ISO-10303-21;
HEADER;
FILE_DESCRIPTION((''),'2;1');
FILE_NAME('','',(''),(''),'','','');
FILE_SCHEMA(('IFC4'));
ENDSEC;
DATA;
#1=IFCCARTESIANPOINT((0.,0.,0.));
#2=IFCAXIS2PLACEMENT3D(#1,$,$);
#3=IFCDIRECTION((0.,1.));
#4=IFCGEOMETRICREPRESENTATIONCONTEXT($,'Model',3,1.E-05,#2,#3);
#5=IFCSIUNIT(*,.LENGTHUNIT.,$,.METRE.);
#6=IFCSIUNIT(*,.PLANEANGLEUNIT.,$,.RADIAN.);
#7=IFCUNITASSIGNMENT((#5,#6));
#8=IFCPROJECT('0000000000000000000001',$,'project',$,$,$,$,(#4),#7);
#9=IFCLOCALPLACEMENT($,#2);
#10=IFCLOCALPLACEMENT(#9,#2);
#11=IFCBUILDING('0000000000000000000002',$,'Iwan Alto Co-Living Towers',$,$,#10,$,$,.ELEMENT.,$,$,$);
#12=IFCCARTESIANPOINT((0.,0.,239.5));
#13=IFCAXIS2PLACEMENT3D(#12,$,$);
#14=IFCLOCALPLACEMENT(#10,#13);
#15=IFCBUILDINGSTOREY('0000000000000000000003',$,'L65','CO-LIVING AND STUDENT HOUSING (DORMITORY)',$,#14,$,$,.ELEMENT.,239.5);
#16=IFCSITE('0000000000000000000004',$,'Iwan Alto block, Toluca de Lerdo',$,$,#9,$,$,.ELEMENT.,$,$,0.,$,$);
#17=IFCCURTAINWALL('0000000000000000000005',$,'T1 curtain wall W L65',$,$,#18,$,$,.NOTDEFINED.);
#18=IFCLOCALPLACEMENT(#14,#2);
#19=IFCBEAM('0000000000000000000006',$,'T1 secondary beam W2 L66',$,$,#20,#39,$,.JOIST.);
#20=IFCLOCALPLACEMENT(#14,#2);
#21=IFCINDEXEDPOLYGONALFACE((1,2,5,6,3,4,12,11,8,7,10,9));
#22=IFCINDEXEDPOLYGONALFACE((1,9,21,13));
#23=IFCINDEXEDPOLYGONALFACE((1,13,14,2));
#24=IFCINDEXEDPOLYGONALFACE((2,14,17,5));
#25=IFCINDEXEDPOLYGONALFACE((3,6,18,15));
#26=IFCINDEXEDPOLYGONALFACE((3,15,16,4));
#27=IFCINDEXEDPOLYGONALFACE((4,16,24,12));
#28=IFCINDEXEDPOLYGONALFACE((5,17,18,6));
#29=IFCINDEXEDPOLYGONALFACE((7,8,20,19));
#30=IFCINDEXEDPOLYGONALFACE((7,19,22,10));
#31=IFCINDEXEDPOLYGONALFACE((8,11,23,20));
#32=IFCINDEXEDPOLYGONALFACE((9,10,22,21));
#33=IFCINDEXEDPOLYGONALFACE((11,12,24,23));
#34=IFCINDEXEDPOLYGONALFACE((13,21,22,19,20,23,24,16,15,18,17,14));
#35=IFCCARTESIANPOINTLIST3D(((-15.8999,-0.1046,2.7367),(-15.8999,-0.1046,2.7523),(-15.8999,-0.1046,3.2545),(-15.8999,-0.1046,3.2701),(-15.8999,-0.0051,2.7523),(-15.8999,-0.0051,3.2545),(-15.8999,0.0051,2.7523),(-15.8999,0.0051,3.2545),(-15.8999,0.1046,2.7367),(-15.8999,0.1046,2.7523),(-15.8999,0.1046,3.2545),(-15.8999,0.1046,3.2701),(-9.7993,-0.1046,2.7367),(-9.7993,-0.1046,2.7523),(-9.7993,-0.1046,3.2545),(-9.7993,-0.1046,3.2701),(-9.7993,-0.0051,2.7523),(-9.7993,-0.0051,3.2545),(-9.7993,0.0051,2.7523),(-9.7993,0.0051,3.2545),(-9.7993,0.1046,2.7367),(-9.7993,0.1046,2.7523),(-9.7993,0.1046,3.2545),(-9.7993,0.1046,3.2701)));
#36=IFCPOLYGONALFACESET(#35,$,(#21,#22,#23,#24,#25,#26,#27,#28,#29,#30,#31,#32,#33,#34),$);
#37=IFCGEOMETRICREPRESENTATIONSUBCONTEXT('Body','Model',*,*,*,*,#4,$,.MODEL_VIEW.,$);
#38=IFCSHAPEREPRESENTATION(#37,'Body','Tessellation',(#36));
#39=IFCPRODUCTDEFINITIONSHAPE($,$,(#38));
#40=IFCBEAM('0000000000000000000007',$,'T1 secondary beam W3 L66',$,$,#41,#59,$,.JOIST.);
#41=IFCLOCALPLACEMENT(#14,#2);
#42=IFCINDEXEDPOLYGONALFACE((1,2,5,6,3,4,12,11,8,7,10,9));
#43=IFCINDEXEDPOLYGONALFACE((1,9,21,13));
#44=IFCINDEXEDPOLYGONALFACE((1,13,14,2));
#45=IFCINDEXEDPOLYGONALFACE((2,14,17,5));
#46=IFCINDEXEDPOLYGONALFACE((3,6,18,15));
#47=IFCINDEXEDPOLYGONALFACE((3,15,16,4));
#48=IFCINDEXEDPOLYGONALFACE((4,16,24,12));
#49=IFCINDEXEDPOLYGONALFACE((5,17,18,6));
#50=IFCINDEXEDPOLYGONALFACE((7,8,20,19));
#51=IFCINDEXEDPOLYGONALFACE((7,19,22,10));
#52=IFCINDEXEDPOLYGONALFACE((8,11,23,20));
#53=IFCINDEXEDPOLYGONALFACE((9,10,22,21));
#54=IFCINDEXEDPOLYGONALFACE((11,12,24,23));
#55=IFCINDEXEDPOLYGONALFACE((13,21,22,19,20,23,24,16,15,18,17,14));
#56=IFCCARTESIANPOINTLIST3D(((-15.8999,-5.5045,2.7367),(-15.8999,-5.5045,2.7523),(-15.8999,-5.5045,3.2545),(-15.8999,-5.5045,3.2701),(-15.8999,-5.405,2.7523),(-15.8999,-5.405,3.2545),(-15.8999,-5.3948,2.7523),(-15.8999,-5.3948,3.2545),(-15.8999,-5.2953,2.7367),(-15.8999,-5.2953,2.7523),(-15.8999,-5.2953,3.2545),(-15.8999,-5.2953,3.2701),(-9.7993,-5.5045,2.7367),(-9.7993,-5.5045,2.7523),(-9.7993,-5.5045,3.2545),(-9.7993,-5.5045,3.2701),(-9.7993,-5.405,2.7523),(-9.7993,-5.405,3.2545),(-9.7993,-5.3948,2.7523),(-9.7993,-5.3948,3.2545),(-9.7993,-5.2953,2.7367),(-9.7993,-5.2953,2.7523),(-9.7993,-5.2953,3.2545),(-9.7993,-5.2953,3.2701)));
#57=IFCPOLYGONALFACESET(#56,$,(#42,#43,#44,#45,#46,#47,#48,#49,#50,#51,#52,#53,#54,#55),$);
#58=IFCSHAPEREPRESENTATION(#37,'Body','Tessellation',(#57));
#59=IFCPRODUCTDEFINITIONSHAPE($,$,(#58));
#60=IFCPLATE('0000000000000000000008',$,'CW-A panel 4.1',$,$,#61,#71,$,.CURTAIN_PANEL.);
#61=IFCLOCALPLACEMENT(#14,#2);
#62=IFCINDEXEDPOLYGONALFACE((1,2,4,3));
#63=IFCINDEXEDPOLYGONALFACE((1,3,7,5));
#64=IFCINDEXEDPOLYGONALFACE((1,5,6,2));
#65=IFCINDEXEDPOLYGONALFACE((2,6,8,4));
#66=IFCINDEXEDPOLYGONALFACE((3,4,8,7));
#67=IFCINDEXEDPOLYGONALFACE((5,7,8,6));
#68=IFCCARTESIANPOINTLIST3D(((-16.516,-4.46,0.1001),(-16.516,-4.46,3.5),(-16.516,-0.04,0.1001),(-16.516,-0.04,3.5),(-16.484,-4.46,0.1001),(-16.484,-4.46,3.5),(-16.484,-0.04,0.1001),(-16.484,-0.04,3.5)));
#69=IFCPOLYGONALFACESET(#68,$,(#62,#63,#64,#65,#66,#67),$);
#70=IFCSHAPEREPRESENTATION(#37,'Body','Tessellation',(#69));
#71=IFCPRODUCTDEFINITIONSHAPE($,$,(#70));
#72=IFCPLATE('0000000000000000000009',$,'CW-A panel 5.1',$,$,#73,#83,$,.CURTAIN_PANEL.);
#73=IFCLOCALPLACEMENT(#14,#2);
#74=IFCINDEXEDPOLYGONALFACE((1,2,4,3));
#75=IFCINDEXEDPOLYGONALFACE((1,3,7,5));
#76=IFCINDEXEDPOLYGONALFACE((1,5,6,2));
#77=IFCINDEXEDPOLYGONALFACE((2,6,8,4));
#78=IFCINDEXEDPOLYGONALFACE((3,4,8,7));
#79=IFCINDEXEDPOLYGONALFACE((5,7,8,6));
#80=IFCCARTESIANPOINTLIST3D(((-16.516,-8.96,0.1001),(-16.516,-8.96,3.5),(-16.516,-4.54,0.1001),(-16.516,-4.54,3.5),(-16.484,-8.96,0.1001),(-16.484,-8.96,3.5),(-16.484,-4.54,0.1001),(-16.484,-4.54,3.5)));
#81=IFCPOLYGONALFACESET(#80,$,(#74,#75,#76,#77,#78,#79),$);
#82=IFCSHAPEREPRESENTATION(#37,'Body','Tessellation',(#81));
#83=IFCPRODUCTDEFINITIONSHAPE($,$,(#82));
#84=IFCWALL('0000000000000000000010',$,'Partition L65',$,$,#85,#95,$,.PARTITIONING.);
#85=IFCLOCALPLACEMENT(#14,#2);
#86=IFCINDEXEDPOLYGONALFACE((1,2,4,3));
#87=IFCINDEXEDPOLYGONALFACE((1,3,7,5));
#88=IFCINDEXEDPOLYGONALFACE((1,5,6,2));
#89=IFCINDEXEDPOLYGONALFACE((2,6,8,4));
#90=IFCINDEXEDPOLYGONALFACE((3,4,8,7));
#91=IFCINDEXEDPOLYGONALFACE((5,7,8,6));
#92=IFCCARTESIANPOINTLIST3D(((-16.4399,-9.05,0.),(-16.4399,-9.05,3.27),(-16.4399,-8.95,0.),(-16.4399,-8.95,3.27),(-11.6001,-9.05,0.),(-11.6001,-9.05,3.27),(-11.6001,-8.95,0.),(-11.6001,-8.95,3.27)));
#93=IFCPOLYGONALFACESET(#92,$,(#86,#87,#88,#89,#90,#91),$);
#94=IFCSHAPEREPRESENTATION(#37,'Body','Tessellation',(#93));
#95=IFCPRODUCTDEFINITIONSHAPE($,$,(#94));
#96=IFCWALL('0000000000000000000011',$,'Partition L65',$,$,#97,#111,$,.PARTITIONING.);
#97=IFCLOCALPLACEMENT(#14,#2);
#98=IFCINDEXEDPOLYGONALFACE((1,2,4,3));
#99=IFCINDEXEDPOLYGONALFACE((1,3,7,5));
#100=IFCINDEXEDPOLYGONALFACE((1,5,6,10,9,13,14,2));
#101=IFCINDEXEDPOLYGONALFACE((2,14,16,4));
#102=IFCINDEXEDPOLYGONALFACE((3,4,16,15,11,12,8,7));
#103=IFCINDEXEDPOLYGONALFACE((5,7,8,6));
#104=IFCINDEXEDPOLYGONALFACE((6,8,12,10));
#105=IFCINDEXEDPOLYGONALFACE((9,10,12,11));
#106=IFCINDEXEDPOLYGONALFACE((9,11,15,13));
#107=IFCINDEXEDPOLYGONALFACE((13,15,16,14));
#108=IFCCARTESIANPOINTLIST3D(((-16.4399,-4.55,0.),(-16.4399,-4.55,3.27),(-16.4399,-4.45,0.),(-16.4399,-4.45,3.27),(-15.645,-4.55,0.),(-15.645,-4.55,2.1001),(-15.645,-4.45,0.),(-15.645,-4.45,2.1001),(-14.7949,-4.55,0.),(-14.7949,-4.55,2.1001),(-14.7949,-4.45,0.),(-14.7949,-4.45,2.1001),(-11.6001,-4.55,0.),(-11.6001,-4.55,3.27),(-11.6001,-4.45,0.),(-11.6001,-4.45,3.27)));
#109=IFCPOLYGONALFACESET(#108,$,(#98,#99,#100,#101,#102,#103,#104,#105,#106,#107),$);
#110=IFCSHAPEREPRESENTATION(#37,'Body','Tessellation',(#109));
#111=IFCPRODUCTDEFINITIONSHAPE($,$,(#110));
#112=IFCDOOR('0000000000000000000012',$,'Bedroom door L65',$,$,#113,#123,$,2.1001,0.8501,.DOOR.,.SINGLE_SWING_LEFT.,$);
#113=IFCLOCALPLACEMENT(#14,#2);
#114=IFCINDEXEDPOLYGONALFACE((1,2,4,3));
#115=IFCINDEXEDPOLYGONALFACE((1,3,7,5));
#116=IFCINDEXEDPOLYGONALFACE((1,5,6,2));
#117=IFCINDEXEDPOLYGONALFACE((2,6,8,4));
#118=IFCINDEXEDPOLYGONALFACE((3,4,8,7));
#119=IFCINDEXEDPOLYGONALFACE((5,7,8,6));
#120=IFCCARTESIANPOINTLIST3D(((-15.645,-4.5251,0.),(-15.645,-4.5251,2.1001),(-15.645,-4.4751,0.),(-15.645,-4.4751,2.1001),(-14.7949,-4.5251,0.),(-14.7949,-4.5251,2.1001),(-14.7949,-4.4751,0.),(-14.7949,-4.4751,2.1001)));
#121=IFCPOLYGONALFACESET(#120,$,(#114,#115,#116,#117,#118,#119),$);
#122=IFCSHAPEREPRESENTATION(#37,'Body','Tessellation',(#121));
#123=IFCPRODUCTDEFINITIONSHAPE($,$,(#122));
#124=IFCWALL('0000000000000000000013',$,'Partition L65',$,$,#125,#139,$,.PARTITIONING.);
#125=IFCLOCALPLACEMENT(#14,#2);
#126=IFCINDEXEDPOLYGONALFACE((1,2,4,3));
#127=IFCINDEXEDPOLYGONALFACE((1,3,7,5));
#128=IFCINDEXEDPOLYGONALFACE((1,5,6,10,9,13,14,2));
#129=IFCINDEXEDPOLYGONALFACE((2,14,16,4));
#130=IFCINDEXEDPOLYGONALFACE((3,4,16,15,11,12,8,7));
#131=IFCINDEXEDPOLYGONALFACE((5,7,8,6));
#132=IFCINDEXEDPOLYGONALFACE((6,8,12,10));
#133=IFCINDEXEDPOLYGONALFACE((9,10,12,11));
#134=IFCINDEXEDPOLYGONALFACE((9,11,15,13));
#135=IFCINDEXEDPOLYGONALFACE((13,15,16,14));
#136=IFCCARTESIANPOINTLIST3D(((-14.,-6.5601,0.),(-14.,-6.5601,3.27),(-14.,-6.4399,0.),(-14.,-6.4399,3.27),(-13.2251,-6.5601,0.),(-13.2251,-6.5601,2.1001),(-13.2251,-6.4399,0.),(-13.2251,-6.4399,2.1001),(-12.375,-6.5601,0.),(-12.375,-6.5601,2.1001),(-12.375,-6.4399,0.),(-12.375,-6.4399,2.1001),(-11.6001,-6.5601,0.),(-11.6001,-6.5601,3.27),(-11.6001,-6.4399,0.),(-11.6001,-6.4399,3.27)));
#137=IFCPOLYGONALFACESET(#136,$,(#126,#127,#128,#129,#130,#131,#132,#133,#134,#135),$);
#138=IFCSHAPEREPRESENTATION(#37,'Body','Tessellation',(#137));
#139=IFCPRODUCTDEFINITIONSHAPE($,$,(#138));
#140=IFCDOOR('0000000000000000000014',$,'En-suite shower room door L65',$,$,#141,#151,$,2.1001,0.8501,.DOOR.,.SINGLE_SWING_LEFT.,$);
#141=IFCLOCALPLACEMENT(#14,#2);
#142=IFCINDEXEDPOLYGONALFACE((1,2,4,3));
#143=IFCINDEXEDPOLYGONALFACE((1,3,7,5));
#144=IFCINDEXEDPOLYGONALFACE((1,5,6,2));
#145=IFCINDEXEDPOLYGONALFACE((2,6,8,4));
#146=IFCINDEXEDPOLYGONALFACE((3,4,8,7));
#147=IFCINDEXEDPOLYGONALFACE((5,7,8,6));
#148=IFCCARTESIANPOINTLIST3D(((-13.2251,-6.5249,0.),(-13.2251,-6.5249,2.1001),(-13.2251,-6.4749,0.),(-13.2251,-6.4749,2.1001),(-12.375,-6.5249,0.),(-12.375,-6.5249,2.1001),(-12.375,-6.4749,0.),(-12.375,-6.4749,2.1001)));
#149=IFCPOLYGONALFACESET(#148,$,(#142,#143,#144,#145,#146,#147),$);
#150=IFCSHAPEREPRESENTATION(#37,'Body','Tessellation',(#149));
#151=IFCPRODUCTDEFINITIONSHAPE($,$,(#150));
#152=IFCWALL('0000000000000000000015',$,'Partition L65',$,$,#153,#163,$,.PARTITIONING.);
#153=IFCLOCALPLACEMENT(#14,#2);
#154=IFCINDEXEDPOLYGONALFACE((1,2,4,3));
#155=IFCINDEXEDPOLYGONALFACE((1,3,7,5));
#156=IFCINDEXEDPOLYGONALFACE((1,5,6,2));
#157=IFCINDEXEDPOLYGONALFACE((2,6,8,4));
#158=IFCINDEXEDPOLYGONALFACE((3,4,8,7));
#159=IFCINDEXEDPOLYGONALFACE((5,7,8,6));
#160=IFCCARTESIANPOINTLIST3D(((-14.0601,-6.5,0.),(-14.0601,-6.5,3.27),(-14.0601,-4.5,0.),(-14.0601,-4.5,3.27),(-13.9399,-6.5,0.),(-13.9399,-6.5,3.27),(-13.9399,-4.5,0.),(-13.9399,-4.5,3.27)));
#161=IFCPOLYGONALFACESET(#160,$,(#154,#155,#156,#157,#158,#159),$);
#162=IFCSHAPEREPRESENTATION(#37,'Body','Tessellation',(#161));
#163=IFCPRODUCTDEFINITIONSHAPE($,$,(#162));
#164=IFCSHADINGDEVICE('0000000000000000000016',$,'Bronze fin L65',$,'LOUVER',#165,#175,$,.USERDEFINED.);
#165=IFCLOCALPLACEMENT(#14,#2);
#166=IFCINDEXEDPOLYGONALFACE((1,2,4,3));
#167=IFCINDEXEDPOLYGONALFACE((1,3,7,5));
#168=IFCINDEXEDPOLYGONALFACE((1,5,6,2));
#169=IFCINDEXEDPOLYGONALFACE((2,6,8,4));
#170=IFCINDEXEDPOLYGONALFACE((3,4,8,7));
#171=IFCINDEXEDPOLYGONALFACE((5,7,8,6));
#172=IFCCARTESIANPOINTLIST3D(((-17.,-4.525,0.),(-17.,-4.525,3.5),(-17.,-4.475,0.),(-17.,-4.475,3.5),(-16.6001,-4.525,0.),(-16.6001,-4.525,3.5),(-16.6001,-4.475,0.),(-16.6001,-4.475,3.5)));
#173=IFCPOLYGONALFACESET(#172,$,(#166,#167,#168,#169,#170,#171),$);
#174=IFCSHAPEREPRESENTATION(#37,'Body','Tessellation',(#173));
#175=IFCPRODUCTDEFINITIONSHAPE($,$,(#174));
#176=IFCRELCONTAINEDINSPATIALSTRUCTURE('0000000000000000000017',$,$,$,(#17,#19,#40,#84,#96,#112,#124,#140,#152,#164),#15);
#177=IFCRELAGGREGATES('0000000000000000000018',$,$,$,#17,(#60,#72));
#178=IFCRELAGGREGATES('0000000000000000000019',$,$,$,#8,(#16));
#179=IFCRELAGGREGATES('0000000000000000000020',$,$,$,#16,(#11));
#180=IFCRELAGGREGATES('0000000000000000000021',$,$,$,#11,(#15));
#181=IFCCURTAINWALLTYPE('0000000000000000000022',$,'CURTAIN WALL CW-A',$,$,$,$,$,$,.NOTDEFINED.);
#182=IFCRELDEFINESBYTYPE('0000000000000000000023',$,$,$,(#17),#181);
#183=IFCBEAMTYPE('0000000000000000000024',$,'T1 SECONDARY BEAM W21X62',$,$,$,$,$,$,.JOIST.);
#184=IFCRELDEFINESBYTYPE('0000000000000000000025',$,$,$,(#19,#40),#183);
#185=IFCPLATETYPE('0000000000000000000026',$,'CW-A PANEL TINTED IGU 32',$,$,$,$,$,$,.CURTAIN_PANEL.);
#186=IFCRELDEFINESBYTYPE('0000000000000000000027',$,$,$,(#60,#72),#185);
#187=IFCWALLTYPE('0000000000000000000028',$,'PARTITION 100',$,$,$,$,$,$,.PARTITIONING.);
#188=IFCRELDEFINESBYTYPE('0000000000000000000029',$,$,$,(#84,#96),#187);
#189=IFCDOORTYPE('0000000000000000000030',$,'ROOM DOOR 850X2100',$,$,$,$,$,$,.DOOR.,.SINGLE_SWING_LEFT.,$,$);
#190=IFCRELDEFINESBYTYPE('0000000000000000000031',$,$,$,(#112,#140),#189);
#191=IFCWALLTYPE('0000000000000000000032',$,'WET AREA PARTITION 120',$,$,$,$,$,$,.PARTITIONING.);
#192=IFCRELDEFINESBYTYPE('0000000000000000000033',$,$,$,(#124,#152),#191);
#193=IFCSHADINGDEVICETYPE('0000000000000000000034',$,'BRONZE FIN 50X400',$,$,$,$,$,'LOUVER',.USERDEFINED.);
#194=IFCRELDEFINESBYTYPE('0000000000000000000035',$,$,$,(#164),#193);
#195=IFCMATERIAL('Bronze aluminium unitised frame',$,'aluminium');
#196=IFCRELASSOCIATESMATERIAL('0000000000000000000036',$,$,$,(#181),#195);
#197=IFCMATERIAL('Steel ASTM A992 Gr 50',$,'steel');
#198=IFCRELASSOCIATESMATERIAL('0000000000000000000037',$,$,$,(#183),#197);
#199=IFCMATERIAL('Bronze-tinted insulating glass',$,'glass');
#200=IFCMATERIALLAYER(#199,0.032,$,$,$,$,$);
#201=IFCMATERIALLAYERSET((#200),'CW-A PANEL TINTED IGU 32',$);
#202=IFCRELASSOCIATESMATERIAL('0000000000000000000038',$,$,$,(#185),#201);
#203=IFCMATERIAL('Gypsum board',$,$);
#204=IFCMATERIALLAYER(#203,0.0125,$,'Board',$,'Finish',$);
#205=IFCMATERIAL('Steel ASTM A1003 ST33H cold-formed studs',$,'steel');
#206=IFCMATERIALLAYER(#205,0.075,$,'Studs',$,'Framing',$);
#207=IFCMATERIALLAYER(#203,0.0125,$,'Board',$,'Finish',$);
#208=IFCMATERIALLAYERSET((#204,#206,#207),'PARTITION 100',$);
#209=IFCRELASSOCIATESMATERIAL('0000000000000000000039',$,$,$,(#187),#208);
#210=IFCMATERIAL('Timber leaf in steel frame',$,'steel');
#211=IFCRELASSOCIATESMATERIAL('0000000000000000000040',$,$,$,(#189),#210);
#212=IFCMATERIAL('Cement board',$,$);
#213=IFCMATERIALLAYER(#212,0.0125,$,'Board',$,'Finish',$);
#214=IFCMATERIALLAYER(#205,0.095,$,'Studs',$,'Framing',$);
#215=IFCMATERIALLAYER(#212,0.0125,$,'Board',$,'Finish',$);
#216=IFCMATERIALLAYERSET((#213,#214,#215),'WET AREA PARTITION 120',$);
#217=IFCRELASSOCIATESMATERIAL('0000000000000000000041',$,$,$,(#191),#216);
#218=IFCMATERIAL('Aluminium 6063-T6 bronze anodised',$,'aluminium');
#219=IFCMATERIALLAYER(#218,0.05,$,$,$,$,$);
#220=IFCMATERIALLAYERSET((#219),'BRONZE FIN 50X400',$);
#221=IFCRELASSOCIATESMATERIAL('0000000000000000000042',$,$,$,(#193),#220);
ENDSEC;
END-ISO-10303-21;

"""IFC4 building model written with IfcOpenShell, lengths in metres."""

from ifc_helpers import new_model, si_unit, direction, frame, frame_2d, origin, origin_2d, place, context, subcontext, project, spatial, rectangle, i_section, extrude, material, layer, layer_set, material_profile, profile_set, type_object, element, fill, aggregate, save


model = new_model("IFC4")

# Units and contexts
model_context = context("Model", 3, precision=1e-05, world=origin(), true_north=direction((0.0, 1.0)))
body_context = subcontext(model_context, "Body", "Model", "MODEL_VIEW")
ifc_project = project(units=[si_unit("LENGTHUNIT", "METRE"), si_unit("PLANEANGLEUNIT", "RADIAN")], contexts=[model_context])

# Site, building, storey
site_placement = place(None, origin())
site = spatial("IfcSite", under=ifc_project, at=site_placement, Name="Iwan Alto block, Toluca de Lerdo", CompositionType="ELEMENT", RefElevation=0.0)
building_placement = place(site_placement, origin())
building = spatial("IfcBuilding", under=site, at=building_placement, Name="Iwan Alto Co-Living Towers", CompositionType="ELEMENT")
storey_placement = place(building_placement, frame((0.0, 0.0, 239.5)))
storey = spatial("IfcBuildingStorey", under=building, at=storey_placement, Name="L65", Description="CO-LIVING AND STUDENT HOUSING (DORMITORY)", CompositionType="ELEMENT", Elevation=239.5)

# Curtain wall
ifc_material_1 = material(Name="Bronze aluminium unitised frame", Category="aluminium")
curtain_wall_type = type_object("IfcCurtainWallType", Name="CURTAIN WALL CW-A", PredefinedType="NOTDEFINED", material=ifc_material_1)
curtain_wall_placement = place(storey_placement, origin())
curtain_wall = element("IfcCurtainWall", 1, at=curtain_wall_placement, inside=storey, type_object=curtain_wall_type, Name="T1 curtain wall W L65", PredefinedType="NOTDEFINED")

# Beams
ifc_material_2 = material(Name="Steel ASTM A992 Gr 50", Category="steel")
ifc_material_profile_1 = material_profile(ifc_material_2, i_section(OverallWidth=0.2092, OverallDepth=0.5334, WebThickness=0.0103, FlangeThickness=0.0156, at=origin_2d()), Name="W21X62")
ifc_profile_set_1 = profile_set([ifc_material_profile_1], Name="Steel ASTM A992 Gr 50")
beam_type_1 = type_object("IfcBeamType", Name="T1 SECONDARY BEAM W21X62", PredefinedType="JOIST", material=ifc_profile_set_1)
for number, where, z_axis, x_axis, name in (
    (2, (-15.8999, 0.0, 3.0034), (1.0, 0.0, 0.0), (0.0, 1.0, 0.0), "T1 secondary beam W2 L66"),
    (3, (-15.8999, -5.3999, 3.0034), (1.0, 0.0, 0.0), (0.0, 1.0, 0.0), "T1 secondary beam W3 L66"),
):
    element("IfcBeam", number, at=place(storey_placement, frame(where, z_axis=z_axis, x_axis=x_axis)), inside=storey, type_object=beam_type_1, Name=name, PredefinedType="JOIST", context=body_context, shape_type="SweptSolid", body=[
        extrude(i_section(OverallWidth=0.2092, OverallDepth=0.5334, WebThickness=0.0103, FlangeThickness=0.0156, at=origin_2d()), origin(), (0.0, 0.0, 1.0), 6.1006),
    ])

# Plates
ifc_material_3 = material(Name="Bronze-tinted insulating glass", Category="glass")
ifc_layer_1 = layer(ifc_material_3, 0.032)
ifc_layer_set_1 = layer_set([ifc_layer_1], Name="CW-A PANEL TINTED IGU 32")
plate_type = type_object("IfcPlateType", Name="CW-A PANEL TINTED IGU 32", PredefinedType="CURTAIN_PANEL", material=ifc_layer_set_1)
plate_1_placement = place(storey_placement, frame((-16.5, -2.25, 0.1001), z_axis=(0.0, 0.0, 1.0), x_axis=(0.0, -1.0, 0.0)))
plate_1 = element("IfcPlate", 4, at=plate_1_placement, type_object=plate_type, Name="CW-A panel 4.1", PredefinedType="CURTAIN_PANEL", context=body_context, shape_type="SweptSolid", body=[
    extrude(rectangle(XDim=4.4199, YDim=0.032, at=origin_2d()), origin(), (0.0, 0.0, 1.0), 3.3999),
])
plate_2_placement = place(storey_placement, frame((-16.5, -6.75, 0.1001), z_axis=(0.0, 0.0, 1.0), x_axis=(0.0, -1.0, 0.0)))
plate_2 = element("IfcPlate", 5, at=plate_2_placement, type_object=plate_type, Name="CW-A panel 5.1", PredefinedType="CURTAIN_PANEL", context=body_context, shape_type="SweptSolid", body=[
    extrude(rectangle(XDim=4.4199, YDim=0.032, at=origin_2d()), origin(), (0.0, 0.0, 1.0), 3.3999),
])
aggregate(curtain_wall, [plate_1, plate_2])

# Wall
ifc_material_4 = material(Name="Gypsum board")
ifc_layer_2 = layer(ifc_material_4, 0.0125, Name="Board", Category="Finish")
ifc_material_5 = material(Name="Steel ASTM A1003 ST33H cold-formed studs", Category="steel")
ifc_layer_3 = layer(ifc_material_5, 0.075, Name="Studs", Category="Framing")
ifc_layer_4 = layer(ifc_material_4, 0.0125, Name="Board", Category="Finish")
ifc_layer_set_2 = layer_set([ifc_layer_2, ifc_layer_3, ifc_layer_4], Name="PARTITION 100")
wall_type_1 = type_object("IfcWallType", Name="PARTITION 100", PredefinedType="PARTITIONING", material=ifc_layer_set_2)
wall_1_placement = place(storey_placement, frame((-16.4399, -9.0, 0.0), z_axis=(0.0, 0.0, 1.0), x_axis=(1.0, 0.0, 0.0)))
element("IfcWall", 6, at=wall_1_placement, inside=storey, type_object=wall_type_1, Name="Partition L65", PredefinedType="PARTITIONING", context=body_context, shape_type="SweptSolid", body=[
    extrude(rectangle(XDim=4.8398, YDim=0.1001, at=frame_2d((2.4199, 0.0))), origin(), (0.0, 0.0, 1.0), 3.27),
])

# Walls, openings, doors
wall_2_placement = place(storey_placement, frame((-16.4399, -4.5, 0.0), z_axis=(0.0, 0.0, 1.0), x_axis=(1.0, 0.0, 0.0)))
wall_2 = element("IfcWall", 7, at=wall_2_placement, inside=storey, type_object=wall_type_1, Name="Partition L65", PredefinedType="PARTITIONING", context=body_context, shape_type="SweptSolid", body=[
    extrude(rectangle(XDim=4.8398, YDim=0.1001, at=frame_2d((2.4199, 0.0))), origin(), (0.0, 0.0, 1.0), 3.27),
])
opening_1_placement = place(wall_2_placement, frame((0.7949, 0.0, 0.0)))
opening_1 = element("IfcOpeningElement", 8, at=opening_1_placement, cuts=wall_2, PredefinedType="OPENING", context=body_context, shape_type="SweptSolid", body=[
    extrude(rectangle(XDim=0.8501, YDim=2.1001, at=frame_2d((0.425, 1.05))), frame((0.0, 0.0601, 0.0), z_axis=(0.0, -1.0, 0.0), x_axis=(1.0, 0.0, 0.0)), (0.0, 0.0, 1.0), 0.1201),
])
ifc_material_6 = material(Name="Timber leaf in steel frame", Category="steel")
door_type = type_object("IfcDoorType", Name="ROOM DOOR 850X2100", OperationType="SINGLE_SWING_LEFT", PredefinedType="DOOR", material=ifc_material_6)
door_1_placement = place(opening_1_placement, origin())
door_1 = element("IfcDoor", 9, at=door_1_placement, inside=storey, type_object=door_type, Name="Bedroom door L65", OperationType="SINGLE_SWING_LEFT", OverallHeight=2.1001, OverallWidth=0.8501, PredefinedType="DOOR", context=body_context, shape_type="SweptSolid", body=[
    extrude(rectangle(XDim=0.8501, YDim=2.1001, at=frame_2d((0.425, 1.05))), frame((0.0, 0.0249, 0.0), z_axis=(0.0, -1.0, 0.0), x_axis=(1.0, 0.0, 0.0)), (0.0, 0.0, 1.0), 0.05),
])
fill(opening_1, door_1)
ifc_material_7 = material(Name="Cement board")
ifc_layer_5 = layer(ifc_material_7, 0.0125, Name="Board", Category="Finish")
ifc_layer_6 = layer(ifc_material_5, 0.095, Name="Studs", Category="Framing")
ifc_layer_7 = layer(ifc_material_7, 0.0125, Name="Board", Category="Finish")
ifc_layer_set_3 = layer_set([ifc_layer_5, ifc_layer_6, ifc_layer_7], Name="WET AREA PARTITION 120")
wall_type_2 = type_object("IfcWallType", Name="WET AREA PARTITION 120", PredefinedType="PARTITIONING", material=ifc_layer_set_3)
wall_3_placement = place(storey_placement, frame((-14.0, -6.5, 0.0), z_axis=(0.0, 0.0, 1.0), x_axis=(1.0, 0.0, 0.0)))
wall_3 = element("IfcWall", 10, at=wall_3_placement, inside=storey, type_object=wall_type_2, Name="Partition L65", PredefinedType="PARTITIONING", context=body_context, shape_type="SweptSolid", body=[
    extrude(rectangle(XDim=2.3999, YDim=0.1201, at=frame_2d((1.2, 0.0))), origin(), (0.0, 0.0, 1.0), 3.27),
])
opening_2_placement = place(wall_3_placement, frame((0.7749, 0.0, 0.0)))
opening_2 = element("IfcOpeningElement", 11, at=opening_2_placement, cuts=wall_3, PredefinedType="OPENING", context=body_context, shape_type="SweptSolid", body=[
    extrude(rectangle(XDim=0.8501, YDim=2.1001, at=frame_2d((0.425, 1.05))), frame((0.0, 0.0701, 0.0), z_axis=(0.0, -1.0, 0.0), x_axis=(1.0, 0.0, 0.0)), (0.0, 0.0, 1.0), 0.1401),
])
door_2_placement = place(opening_2_placement, frame((0.8501, 0.0, 0.0), z_axis=(0.0, 0.0, 1.0), x_axis=(-1.0, 0.0, 0.0)))
door_2 = element("IfcDoor", 12, at=door_2_placement, inside=storey, type_object=door_type, Name="En-suite shower room door L65", OperationType="SINGLE_SWING_LEFT", OverallHeight=2.1001, OverallWidth=0.8501, PredefinedType="DOOR", context=body_context, shape_type="SweptSolid", body=[
    extrude(rectangle(XDim=0.8501, YDim=2.1001, at=frame_2d((0.425, 1.05))), frame((0.0, 0.0249, 0.0), z_axis=(0.0, -1.0, 0.0), x_axis=(1.0, 0.0, 0.0)), (0.0, 0.0, 1.0), 0.05),
])
fill(opening_2, door_2)

# Wall
wall_4_placement = place(storey_placement, frame((-14.0, -6.5, 0.0), z_axis=(0.0, 0.0, 1.0), x_axis=(0.0, 1.0, 0.0)))
element("IfcWall", 13, at=wall_4_placement, inside=storey, type_object=wall_type_2, Name="Partition L65", PredefinedType="PARTITIONING", context=body_context, shape_type="SweptSolid", body=[
    extrude(rectangle(XDim=2.0, YDim=0.1201, at=frame_2d((1.0, 0.0))), origin(), (0.0, 0.0, 1.0), 3.27),
])

# Shading device
ifc_material_8 = material(Name="Aluminium 6063-T6 bronze anodised", Category="aluminium")
ifc_layer_8 = layer(ifc_material_8, 0.05)
ifc_layer_set_4 = layer_set([ifc_layer_8], Name="BRONZE FIN 50X400")
shading_device_type = type_object("IfcShadingDeviceType", Name="BRONZE FIN 50X400", ElementType="LOUVER", PredefinedType="USERDEFINED", material=ifc_layer_set_4)
shading_device_placement = place(storey_placement, frame((-16.8, -4.5, 0.0), z_axis=(0.0, 0.0, 1.0), x_axis=(0.0, -1.0, 0.0)))
element("IfcShadingDevice", 14, at=shading_device_placement, inside=storey, type_object=shading_device_type, Name="Bronze fin L65", ObjectType="LOUVER", PredefinedType="USERDEFINED", context=body_context, shape_type="SweptSolid", body=[
    extrude(rectangle(XDim=0.05, YDim=0.3999, at=origin_2d()), origin(), (0.0, 0.0, 1.0), 3.5),
])

save(model, "model.ifc")
